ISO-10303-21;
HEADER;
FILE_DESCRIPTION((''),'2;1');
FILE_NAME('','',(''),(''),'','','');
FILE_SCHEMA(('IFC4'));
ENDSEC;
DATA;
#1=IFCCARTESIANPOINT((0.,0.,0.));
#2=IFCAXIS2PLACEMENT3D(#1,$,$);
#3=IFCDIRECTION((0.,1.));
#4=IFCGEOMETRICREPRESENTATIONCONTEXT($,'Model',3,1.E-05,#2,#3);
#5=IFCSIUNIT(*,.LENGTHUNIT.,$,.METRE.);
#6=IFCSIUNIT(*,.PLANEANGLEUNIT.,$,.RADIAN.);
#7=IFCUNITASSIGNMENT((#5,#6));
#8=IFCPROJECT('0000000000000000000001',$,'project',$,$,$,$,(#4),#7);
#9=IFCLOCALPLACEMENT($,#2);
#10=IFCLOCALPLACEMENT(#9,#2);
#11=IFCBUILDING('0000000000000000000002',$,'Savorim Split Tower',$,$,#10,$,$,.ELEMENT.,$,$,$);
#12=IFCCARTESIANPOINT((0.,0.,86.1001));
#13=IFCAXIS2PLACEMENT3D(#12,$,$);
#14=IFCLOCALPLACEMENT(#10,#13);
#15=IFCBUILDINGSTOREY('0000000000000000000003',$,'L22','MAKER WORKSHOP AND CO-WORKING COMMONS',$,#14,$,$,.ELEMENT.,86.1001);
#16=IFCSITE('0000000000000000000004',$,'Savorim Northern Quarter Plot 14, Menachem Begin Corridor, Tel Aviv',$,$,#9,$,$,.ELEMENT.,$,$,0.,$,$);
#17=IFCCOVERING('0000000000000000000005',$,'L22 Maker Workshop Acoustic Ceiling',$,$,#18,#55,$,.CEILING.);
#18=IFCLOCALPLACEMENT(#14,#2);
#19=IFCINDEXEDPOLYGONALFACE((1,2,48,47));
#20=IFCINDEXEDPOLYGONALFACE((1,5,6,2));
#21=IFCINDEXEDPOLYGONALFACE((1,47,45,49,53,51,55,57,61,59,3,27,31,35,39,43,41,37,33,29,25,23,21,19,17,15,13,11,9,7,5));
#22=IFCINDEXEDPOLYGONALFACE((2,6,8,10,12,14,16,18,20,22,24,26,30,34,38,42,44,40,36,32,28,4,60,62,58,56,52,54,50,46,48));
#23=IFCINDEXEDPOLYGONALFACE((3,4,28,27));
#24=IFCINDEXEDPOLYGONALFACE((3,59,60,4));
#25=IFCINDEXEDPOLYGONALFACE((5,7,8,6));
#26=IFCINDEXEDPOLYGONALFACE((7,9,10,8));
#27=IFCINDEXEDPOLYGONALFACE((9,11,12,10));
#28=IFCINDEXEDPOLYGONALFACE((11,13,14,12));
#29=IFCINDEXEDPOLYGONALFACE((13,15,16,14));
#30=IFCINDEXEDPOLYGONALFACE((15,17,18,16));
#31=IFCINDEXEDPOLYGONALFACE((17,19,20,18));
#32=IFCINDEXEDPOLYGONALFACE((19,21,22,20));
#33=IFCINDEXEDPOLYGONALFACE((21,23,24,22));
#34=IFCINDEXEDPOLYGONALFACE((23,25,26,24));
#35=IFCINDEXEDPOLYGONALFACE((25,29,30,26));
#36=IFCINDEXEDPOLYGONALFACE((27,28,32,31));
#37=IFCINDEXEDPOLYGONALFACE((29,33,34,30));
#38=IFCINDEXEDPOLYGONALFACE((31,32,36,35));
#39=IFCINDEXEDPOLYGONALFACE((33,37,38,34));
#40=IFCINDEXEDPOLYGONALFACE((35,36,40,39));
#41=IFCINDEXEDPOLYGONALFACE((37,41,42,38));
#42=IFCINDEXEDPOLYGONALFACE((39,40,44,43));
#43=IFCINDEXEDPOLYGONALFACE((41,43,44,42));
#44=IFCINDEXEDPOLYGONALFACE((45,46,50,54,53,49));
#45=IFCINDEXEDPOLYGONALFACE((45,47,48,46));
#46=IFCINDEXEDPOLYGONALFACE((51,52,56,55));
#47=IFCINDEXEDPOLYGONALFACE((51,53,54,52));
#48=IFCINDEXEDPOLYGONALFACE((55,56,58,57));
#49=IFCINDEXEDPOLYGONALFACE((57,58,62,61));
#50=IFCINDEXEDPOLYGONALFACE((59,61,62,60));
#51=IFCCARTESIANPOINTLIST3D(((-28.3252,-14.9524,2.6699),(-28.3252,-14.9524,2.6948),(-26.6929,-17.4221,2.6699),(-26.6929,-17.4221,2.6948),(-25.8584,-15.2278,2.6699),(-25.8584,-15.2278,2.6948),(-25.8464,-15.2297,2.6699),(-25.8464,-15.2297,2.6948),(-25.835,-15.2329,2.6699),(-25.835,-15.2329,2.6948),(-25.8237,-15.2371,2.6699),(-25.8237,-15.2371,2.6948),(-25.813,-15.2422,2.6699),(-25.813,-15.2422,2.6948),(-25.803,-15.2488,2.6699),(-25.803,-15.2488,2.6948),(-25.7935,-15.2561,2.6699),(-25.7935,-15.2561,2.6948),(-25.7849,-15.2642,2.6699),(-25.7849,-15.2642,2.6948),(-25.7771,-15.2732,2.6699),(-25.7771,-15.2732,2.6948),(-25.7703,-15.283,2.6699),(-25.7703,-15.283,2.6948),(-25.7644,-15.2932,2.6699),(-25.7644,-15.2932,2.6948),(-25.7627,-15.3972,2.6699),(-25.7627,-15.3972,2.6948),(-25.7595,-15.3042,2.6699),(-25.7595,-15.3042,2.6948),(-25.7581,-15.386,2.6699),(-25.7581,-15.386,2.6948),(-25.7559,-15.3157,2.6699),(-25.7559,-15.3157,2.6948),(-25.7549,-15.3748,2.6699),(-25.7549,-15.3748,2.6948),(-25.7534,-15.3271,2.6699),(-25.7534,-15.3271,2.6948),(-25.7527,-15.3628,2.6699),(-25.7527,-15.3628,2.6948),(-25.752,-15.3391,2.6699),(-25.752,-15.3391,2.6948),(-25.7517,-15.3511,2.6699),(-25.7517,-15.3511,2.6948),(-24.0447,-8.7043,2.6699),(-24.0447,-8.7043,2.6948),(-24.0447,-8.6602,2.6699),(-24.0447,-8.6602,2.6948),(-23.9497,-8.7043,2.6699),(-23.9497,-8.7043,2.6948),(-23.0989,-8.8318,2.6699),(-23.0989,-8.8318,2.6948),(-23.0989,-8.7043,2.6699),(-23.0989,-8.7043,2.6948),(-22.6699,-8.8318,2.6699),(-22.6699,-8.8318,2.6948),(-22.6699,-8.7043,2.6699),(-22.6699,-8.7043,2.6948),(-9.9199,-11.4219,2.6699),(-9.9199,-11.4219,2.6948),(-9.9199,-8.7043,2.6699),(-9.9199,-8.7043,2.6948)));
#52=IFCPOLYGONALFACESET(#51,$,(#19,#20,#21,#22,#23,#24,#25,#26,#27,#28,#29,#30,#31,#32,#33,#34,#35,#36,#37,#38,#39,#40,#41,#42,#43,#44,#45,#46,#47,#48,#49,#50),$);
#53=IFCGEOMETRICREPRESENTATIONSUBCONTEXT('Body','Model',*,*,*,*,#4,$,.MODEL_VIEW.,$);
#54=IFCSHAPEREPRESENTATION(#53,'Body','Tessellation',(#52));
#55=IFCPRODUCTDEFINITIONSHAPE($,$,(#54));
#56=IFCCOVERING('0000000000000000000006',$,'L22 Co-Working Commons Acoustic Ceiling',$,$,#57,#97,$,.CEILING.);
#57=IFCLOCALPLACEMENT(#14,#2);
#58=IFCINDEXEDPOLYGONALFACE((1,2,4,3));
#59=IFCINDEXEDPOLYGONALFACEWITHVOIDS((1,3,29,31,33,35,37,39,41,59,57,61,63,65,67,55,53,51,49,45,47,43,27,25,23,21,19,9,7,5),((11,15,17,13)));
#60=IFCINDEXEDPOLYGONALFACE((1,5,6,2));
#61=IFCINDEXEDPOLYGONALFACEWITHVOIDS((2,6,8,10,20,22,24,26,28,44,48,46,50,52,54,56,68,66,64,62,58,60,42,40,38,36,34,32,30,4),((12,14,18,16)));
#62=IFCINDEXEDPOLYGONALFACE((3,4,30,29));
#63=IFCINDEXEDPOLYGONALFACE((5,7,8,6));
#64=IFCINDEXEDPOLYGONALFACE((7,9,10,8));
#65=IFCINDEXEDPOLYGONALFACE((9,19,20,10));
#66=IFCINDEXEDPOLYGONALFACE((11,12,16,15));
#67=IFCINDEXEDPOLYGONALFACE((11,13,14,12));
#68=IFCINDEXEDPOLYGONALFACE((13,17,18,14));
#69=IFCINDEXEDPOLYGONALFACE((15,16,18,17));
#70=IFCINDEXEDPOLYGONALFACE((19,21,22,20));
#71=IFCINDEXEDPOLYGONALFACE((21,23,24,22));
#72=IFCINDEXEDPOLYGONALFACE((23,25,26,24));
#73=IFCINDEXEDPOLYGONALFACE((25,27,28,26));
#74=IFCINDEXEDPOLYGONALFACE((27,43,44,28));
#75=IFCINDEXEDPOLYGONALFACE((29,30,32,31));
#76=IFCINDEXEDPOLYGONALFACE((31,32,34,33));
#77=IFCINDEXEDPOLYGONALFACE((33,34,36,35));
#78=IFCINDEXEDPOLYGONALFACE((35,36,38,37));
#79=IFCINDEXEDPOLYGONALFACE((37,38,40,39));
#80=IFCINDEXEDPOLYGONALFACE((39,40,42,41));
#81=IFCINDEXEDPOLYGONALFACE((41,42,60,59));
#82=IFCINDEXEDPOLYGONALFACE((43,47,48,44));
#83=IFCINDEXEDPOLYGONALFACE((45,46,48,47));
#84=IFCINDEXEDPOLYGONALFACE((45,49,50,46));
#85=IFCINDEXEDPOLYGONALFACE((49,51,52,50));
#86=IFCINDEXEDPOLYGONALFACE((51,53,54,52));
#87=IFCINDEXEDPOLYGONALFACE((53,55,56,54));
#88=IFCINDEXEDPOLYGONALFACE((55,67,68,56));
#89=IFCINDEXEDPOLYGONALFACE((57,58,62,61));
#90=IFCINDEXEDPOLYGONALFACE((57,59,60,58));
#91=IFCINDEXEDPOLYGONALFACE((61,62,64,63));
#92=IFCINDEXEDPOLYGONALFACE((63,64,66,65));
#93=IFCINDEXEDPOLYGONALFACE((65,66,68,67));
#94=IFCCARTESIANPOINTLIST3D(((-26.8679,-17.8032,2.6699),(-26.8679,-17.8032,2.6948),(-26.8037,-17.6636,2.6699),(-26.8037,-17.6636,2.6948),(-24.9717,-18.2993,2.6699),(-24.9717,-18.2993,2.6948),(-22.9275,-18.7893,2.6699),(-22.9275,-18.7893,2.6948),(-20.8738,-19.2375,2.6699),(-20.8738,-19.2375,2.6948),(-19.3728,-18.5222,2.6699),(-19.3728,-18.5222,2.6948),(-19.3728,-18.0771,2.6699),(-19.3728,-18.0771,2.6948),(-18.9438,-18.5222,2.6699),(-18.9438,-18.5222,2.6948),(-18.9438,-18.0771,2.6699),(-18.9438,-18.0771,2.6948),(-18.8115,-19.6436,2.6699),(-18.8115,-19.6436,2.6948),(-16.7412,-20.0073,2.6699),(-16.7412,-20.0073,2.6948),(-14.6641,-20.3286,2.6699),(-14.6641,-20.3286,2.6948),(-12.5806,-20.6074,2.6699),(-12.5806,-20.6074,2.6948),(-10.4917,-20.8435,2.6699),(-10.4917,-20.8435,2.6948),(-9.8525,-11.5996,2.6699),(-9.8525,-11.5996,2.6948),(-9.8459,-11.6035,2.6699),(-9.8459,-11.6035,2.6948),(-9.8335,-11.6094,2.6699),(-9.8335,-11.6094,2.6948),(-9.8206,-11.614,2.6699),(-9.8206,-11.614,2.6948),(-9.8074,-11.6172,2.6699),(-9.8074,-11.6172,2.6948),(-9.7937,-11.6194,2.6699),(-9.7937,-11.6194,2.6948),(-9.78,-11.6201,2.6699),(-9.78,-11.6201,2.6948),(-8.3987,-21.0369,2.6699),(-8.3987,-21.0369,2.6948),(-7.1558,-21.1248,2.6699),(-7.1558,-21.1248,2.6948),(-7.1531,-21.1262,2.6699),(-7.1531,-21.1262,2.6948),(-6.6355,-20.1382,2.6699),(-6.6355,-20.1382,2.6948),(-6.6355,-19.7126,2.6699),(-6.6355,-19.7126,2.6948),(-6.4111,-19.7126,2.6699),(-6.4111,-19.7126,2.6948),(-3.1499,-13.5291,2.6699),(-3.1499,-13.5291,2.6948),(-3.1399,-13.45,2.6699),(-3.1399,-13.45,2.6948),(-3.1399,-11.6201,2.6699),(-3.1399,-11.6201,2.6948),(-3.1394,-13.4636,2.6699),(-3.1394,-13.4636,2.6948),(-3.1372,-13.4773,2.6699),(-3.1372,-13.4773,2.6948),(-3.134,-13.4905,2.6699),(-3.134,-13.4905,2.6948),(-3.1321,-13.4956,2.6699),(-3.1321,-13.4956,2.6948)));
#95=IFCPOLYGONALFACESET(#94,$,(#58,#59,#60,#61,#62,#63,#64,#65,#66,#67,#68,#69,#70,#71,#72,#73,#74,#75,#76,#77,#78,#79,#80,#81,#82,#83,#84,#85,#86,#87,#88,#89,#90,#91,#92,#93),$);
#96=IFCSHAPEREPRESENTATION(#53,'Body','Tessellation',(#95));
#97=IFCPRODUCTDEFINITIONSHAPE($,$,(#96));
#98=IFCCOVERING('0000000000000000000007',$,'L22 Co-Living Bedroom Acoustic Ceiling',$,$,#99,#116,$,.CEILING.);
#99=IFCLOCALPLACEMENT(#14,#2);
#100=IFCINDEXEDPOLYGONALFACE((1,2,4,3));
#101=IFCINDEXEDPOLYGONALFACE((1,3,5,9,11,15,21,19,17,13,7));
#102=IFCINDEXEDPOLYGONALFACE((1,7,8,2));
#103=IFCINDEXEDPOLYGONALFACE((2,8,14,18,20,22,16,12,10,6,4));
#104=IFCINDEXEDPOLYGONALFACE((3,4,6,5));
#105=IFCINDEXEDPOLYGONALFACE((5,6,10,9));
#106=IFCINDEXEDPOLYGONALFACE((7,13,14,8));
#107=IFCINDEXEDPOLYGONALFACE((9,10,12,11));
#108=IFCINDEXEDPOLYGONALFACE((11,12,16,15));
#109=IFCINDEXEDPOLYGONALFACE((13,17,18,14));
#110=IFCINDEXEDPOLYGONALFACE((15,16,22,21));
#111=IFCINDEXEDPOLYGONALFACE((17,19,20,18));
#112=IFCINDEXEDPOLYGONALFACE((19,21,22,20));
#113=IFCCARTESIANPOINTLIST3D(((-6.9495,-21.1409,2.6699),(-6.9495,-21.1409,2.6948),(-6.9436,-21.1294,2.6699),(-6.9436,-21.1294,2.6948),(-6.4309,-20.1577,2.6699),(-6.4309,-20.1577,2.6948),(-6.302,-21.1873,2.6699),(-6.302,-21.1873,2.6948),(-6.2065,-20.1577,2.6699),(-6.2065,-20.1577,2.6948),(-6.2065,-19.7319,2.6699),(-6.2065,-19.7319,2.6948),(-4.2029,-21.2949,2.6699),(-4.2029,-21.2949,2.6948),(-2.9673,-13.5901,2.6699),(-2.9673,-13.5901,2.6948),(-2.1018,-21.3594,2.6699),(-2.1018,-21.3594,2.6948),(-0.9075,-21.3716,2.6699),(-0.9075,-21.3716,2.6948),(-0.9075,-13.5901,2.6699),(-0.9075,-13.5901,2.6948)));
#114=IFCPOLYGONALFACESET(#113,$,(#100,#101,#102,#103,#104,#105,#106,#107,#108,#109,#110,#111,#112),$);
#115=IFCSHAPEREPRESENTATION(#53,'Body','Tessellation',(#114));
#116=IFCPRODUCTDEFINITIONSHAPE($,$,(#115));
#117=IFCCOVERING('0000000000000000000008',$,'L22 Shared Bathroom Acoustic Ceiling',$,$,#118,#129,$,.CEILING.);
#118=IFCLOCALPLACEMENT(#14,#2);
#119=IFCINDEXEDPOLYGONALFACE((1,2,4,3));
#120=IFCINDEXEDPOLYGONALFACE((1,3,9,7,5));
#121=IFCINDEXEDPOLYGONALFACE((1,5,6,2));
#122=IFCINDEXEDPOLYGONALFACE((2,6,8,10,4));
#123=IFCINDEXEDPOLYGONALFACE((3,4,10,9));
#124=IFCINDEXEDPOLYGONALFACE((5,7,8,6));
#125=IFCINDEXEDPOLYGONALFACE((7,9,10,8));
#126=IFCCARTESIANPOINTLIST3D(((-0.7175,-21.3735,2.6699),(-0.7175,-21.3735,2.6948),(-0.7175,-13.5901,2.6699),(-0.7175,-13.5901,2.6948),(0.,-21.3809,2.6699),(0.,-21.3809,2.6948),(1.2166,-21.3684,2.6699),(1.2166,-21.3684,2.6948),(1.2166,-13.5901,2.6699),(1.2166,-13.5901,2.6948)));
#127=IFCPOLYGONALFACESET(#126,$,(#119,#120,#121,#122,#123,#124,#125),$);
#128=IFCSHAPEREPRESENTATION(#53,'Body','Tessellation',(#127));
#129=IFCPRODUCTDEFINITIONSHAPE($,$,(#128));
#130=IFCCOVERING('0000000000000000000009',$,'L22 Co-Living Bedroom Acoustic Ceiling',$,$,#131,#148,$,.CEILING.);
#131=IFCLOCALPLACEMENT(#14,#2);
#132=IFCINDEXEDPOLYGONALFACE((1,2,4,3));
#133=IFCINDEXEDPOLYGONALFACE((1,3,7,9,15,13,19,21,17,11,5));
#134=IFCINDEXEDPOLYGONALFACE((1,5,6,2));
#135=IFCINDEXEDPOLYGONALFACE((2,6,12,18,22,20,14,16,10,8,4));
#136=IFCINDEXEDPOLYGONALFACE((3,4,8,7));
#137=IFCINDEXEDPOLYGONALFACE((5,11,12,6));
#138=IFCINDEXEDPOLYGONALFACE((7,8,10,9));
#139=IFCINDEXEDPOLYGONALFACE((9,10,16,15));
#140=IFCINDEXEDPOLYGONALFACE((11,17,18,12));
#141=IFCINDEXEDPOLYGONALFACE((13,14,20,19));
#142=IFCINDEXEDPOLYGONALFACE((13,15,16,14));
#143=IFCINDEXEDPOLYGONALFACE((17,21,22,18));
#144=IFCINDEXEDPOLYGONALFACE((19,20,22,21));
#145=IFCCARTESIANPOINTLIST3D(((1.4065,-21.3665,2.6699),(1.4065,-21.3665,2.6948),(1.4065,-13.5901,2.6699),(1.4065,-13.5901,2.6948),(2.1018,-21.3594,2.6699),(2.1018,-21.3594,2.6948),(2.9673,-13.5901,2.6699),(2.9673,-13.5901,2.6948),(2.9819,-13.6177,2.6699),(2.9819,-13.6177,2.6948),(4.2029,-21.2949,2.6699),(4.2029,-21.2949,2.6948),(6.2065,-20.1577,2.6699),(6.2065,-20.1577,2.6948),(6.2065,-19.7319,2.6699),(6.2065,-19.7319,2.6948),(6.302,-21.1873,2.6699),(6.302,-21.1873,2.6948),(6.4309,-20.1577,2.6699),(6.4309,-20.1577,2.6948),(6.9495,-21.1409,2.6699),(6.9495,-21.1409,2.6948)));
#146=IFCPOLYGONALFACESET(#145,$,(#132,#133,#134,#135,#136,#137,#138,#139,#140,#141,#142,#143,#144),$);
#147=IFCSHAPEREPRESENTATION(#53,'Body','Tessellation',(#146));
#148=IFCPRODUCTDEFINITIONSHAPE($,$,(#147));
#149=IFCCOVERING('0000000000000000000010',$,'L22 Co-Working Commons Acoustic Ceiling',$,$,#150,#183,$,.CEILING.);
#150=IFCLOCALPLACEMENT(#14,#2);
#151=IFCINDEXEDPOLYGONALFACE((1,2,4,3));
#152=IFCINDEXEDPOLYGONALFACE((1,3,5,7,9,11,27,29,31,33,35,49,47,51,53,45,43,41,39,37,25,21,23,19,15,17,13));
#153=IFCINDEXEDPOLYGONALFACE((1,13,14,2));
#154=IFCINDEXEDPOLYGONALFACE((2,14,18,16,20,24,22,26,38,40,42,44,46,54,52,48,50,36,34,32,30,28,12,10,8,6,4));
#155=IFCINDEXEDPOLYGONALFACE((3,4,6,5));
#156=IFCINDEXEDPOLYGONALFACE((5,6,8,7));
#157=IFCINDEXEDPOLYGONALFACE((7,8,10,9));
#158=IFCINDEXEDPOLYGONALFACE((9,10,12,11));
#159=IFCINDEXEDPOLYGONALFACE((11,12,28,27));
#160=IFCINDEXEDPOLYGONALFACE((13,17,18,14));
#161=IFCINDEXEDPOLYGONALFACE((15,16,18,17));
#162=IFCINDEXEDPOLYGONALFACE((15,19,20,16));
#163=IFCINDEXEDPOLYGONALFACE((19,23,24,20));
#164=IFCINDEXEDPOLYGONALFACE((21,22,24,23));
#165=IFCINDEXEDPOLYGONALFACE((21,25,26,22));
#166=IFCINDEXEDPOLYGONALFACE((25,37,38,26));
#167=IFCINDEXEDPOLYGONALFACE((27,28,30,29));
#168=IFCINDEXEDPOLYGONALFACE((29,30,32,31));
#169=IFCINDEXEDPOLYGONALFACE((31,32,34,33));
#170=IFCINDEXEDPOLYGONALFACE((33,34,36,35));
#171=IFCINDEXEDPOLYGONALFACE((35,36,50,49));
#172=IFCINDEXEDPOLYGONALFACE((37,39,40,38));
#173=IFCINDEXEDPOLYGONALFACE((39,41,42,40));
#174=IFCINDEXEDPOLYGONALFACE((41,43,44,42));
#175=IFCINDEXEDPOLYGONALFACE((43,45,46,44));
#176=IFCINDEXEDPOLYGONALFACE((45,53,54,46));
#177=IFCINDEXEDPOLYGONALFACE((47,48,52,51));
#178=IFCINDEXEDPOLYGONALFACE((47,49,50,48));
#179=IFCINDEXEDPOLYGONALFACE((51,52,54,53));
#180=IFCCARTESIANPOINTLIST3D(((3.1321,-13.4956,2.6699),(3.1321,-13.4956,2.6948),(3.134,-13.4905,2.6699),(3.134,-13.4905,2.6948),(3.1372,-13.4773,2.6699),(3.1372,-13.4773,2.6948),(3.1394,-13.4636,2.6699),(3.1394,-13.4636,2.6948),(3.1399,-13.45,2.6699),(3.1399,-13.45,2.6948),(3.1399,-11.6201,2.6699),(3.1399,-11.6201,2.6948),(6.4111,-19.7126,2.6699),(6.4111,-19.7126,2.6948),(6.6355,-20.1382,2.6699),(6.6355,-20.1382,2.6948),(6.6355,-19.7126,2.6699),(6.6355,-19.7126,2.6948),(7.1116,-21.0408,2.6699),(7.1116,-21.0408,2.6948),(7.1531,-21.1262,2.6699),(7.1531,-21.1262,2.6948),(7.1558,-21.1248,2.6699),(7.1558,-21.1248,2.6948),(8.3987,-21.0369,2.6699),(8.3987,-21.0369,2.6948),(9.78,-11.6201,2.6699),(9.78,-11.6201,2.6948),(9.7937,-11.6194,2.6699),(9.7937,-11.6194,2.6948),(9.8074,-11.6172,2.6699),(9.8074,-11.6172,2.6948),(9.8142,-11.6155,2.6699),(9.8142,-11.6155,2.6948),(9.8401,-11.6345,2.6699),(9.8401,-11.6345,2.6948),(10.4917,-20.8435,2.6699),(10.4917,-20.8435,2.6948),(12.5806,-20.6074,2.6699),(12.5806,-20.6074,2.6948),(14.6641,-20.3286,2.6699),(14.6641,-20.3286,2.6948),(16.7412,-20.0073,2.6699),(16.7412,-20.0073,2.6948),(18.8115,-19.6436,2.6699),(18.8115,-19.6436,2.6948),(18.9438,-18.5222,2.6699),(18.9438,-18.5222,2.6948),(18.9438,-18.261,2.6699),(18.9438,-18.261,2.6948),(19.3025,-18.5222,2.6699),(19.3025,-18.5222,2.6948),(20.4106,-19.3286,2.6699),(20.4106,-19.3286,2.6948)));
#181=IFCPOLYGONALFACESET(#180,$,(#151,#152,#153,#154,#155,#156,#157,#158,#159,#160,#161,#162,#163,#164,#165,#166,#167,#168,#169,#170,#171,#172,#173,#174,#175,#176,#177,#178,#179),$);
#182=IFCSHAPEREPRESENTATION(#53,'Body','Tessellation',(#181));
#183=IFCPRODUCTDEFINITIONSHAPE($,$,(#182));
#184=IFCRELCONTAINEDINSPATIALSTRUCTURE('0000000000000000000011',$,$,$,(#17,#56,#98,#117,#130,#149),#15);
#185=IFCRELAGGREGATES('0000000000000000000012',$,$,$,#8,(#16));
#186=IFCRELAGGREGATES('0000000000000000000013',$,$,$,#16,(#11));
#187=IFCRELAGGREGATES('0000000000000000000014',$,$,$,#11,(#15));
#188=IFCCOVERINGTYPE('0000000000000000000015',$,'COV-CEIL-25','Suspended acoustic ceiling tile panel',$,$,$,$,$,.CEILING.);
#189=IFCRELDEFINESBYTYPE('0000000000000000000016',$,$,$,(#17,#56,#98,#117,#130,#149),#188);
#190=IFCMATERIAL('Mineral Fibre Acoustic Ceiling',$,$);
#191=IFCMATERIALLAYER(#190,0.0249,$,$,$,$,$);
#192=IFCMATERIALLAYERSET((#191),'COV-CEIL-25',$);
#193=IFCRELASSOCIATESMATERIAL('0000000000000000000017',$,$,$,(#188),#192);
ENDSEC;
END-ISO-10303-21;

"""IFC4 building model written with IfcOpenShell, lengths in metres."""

from ifc_helpers import new_model, si_unit, direction, frame, origin, place, context, subcontext, project, spatial, polyline, outline, extrude, material, layer, layer_set, type_object, element, save


model = new_model("IFC4")

# Units and contexts
model_context = context("Model", 3, precision=1e-05, world=origin(), true_north=direction((0.0, 1.0)))
body_context = subcontext(model_context, "Body", "Model", "MODEL_VIEW")
ifc_project = project(units=[si_unit("LENGTHUNIT", "METRE"), si_unit("PLANEANGLEUNIT", "RADIAN")], contexts=[model_context])

# Site, building, storey
site_placement = place(None, origin())
site = spatial("IfcSite", under=ifc_project, at=site_placement, Name="Savorim Northern Quarter Plot 14, Menachem Begin Corridor, Tel Aviv", CompositionType="ELEMENT", RefElevation=0.0)
building_placement = place(site_placement, origin())
building = spatial("IfcBuilding", under=site, at=building_placement, Name="Savorim Split Tower", CompositionType="ELEMENT")
storey_placement = place(building_placement, frame((0.0, 0.0, 86.1001)))
storey = spatial("IfcBuildingStorey", under=building, at=storey_placement, Name="L22", Description="MAKER WORKSHOP AND CO-WORKING COMMONS", CompositionType="ELEMENT", Elevation=86.1001)

# Coverings
ifc_material_1 = material(Name="Mineral Fibre Acoustic Ceiling")
ifc_layer_1 = layer(ifc_material_1, 0.0249)
ifc_layer_set_1 = layer_set([ifc_layer_1], Name="COV-CEIL-25")
covering_type_1 = type_object("IfcCoveringType", Name="COV-CEIL-25", Description="Suspended acoustic ceiling tile panel", PredefinedType="CEILING", material=ifc_layer_set_1)
covering_1_placement = place(storey_placement, frame((0.0, 0.0, 2.6699)))
element("IfcCovering", 1, at=covering_1_placement, inside=storey, type_object=covering_type_1, Name="L22 Maker Workshop Acoustic Ceiling", PredefinedType="CEILING", context=body_context, shape_type="SweptSolid", body=[
    extrude(outline(polyline([(-25.7517, -15.3511), (-25.7527, -15.3628), (-25.7549, -15.3748), (-25.7581, -15.386), (-25.7627, -15.3972), (-26.6929, -17.4221), (-9.9199, -11.4219), (-9.9199, -8.7043), (-22.6699, -8.7043), (-22.6699, -8.8318), (-23.0989, -8.8318), (-23.0989, -8.7043), (-23.9497, -8.7043), (-24.0447, -8.7043), (-24.0447, -8.6602), (-28.3252, -14.9524), (-25.8584, -15.2278), (-25.8464, -15.2297), (-25.835, -15.2329), (-25.8237, -15.2371), (-25.813, -15.2422), (-25.803, -15.2488), (-25.7935, -15.2561), (-25.7849, -15.2642), (-25.7771, -15.2732), (-25.7703, -15.283), (-25.7644, -15.2932), (-25.7595, -15.3042), (-25.7559, -15.3157), (-25.7534, -15.3271), (-25.752, -15.3391), (-25.7517, -15.3511)])), origin(), (0.0, 0.0, 1.0), 0.0249),
])
covering_2_placement = place(storey_placement, frame((0.0, 0.0, 2.6699)))
element("IfcCovering", 2, at=covering_2_placement, inside=storey, type_object=covering_type_1, Name="L22 Co-Working Commons Acoustic Ceiling", PredefinedType="CEILING", context=body_context, shape_type="SweptSolid", body=[
    extrude(outline(polyline([(-9.8206, -11.614), (-9.8335, -11.6094), (-9.8459, -11.6035), (-9.8525, -11.5996), (-26.8037, -17.6636), (-26.8679, -17.8032), (-24.9717, -18.2993), (-22.9275, -18.7893), (-20.8738, -19.2375), (-18.8115, -19.6436), (-16.7412, -20.0073), (-14.6641, -20.3286), (-12.5806, -20.6074), (-10.4917, -20.8435), (-8.3987, -21.0369), (-7.1531, -21.1262), (-7.1558, -21.1248), (-6.6355, -20.1382), (-6.6355, -19.7126), (-6.4111, -19.7126), (-3.1499, -13.5291), (-3.1321, -13.4956), (-3.134, -13.4905), (-3.1372, -13.4773), (-3.1394, -13.4636), (-3.1399, -13.45), (-3.1399, -11.6201), (-9.78, -11.6201), (-9.7937, -11.6194), (-9.8074, -11.6172), (-9.8206, -11.614)]), holes=[polyline([(-19.3728, -18.5222), (-18.9438, -18.5222), (-18.9438, -18.0771), (-19.3728, -18.0771), (-19.3728, -18.5222)])]), origin(), (0.0, 0.0, 1.0), 0.0249),
])
covering_3_placement = place(storey_placement, frame((0.0, 0.0, 2.6699)))
element("IfcCovering", 3, at=covering_3_placement, inside=storey, type_object=covering_type_1, Name="L22 Co-Living Bedroom Acoustic Ceiling", PredefinedType="CEILING", context=body_context, shape_type="SweptSolid", body=[
    extrude(outline(polyline([(-6.302, -21.1873), (-4.2029, -21.2949), (-2.1018, -21.3594), (-0.9075, -21.3716), (-0.9075, -13.5901), (-2.9673, -13.5901), (-6.2065, -19.7319), (-6.2065, -20.1577), (-6.4309, -20.1577), (-6.9436, -21.1294), (-6.9495, -21.1409), (-6.302, -21.1873)])), origin(), (0.0, 0.0, 1.0), 0.0249),
])
covering_4_placement = place(storey_placement, frame((0.0, 0.0, 2.6699)))
element("IfcCovering", 4, at=covering_4_placement, inside=storey, type_object=covering_type_1, Name="L22 Shared Bathroom Acoustic Ceiling", PredefinedType="CEILING", context=body_context, shape_type="SweptSolid", body=[
    extrude(outline(polyline([(-0.7175, -13.5901), (-0.7175, -21.3735), (0.0, -21.3809), (1.2166, -21.3684), (1.2166, -13.5901), (-0.7175, -13.5901)])), origin(), (0.0, 0.0, 1.0), 0.0249),
])
covering_5_placement = place(storey_placement, frame((0.0, 0.0, 2.6699)))
element("IfcCovering", 5, at=covering_5_placement, inside=storey, type_object=covering_type_1, Name="L22 Co-Living Bedroom Acoustic Ceiling", PredefinedType="CEILING", context=body_context, shape_type="SweptSolid", body=[
    extrude(outline(polyline([(1.4065, -21.3665), (2.1018, -21.3594), (4.2029, -21.2949), (6.302, -21.1873), (6.9495, -21.1409), (6.4309, -20.1577), (6.2065, -20.1577), (6.2065, -19.7319), (2.9819, -13.6177), (2.9673, -13.5901), (1.4065, -13.5901), (1.4065, -21.3665)])), origin(), (0.0, 0.0, 1.0), 0.0249),
])
covering_6_placement = place(storey_placement, frame((0.0, 0.0, 2.6699)))
element("IfcCovering", 6, at=covering_6_placement, inside=storey, type_object=covering_type_1, Name="L22 Co-Working Commons Acoustic Ceiling", PredefinedType="CEILING", context=body_context, shape_type="SweptSolid", body=[
    extrude(outline(polyline([(12.5806, -20.6074), (14.6641, -20.3286), (16.7412, -20.0073), (18.8115, -19.6436), (20.4106, -19.3286), (19.3025, -18.5222), (18.9438, -18.5222), (18.9438, -18.261), (9.8401, -11.6345), (9.8142, -11.6155), (9.8074, -11.6172), (9.7937, -11.6194), (9.78, -11.6201), (3.1399, -11.6201), (3.1399, -13.45), (3.1394, -13.4636), (3.1372, -13.4773), (3.134, -13.4905), (3.1321, -13.4956), (6.4111, -19.7126), (6.6355, -19.7126), (6.6355, -20.1382), (7.1116, -21.0408), (7.1558, -21.1248), (7.1531, -21.1262), (8.3987, -21.0369), (10.4917, -20.8435), (12.5806, -20.6074)])), origin(), (0.0, 0.0, 1.0), 0.0249),
])

save(model, "model.ifc")
